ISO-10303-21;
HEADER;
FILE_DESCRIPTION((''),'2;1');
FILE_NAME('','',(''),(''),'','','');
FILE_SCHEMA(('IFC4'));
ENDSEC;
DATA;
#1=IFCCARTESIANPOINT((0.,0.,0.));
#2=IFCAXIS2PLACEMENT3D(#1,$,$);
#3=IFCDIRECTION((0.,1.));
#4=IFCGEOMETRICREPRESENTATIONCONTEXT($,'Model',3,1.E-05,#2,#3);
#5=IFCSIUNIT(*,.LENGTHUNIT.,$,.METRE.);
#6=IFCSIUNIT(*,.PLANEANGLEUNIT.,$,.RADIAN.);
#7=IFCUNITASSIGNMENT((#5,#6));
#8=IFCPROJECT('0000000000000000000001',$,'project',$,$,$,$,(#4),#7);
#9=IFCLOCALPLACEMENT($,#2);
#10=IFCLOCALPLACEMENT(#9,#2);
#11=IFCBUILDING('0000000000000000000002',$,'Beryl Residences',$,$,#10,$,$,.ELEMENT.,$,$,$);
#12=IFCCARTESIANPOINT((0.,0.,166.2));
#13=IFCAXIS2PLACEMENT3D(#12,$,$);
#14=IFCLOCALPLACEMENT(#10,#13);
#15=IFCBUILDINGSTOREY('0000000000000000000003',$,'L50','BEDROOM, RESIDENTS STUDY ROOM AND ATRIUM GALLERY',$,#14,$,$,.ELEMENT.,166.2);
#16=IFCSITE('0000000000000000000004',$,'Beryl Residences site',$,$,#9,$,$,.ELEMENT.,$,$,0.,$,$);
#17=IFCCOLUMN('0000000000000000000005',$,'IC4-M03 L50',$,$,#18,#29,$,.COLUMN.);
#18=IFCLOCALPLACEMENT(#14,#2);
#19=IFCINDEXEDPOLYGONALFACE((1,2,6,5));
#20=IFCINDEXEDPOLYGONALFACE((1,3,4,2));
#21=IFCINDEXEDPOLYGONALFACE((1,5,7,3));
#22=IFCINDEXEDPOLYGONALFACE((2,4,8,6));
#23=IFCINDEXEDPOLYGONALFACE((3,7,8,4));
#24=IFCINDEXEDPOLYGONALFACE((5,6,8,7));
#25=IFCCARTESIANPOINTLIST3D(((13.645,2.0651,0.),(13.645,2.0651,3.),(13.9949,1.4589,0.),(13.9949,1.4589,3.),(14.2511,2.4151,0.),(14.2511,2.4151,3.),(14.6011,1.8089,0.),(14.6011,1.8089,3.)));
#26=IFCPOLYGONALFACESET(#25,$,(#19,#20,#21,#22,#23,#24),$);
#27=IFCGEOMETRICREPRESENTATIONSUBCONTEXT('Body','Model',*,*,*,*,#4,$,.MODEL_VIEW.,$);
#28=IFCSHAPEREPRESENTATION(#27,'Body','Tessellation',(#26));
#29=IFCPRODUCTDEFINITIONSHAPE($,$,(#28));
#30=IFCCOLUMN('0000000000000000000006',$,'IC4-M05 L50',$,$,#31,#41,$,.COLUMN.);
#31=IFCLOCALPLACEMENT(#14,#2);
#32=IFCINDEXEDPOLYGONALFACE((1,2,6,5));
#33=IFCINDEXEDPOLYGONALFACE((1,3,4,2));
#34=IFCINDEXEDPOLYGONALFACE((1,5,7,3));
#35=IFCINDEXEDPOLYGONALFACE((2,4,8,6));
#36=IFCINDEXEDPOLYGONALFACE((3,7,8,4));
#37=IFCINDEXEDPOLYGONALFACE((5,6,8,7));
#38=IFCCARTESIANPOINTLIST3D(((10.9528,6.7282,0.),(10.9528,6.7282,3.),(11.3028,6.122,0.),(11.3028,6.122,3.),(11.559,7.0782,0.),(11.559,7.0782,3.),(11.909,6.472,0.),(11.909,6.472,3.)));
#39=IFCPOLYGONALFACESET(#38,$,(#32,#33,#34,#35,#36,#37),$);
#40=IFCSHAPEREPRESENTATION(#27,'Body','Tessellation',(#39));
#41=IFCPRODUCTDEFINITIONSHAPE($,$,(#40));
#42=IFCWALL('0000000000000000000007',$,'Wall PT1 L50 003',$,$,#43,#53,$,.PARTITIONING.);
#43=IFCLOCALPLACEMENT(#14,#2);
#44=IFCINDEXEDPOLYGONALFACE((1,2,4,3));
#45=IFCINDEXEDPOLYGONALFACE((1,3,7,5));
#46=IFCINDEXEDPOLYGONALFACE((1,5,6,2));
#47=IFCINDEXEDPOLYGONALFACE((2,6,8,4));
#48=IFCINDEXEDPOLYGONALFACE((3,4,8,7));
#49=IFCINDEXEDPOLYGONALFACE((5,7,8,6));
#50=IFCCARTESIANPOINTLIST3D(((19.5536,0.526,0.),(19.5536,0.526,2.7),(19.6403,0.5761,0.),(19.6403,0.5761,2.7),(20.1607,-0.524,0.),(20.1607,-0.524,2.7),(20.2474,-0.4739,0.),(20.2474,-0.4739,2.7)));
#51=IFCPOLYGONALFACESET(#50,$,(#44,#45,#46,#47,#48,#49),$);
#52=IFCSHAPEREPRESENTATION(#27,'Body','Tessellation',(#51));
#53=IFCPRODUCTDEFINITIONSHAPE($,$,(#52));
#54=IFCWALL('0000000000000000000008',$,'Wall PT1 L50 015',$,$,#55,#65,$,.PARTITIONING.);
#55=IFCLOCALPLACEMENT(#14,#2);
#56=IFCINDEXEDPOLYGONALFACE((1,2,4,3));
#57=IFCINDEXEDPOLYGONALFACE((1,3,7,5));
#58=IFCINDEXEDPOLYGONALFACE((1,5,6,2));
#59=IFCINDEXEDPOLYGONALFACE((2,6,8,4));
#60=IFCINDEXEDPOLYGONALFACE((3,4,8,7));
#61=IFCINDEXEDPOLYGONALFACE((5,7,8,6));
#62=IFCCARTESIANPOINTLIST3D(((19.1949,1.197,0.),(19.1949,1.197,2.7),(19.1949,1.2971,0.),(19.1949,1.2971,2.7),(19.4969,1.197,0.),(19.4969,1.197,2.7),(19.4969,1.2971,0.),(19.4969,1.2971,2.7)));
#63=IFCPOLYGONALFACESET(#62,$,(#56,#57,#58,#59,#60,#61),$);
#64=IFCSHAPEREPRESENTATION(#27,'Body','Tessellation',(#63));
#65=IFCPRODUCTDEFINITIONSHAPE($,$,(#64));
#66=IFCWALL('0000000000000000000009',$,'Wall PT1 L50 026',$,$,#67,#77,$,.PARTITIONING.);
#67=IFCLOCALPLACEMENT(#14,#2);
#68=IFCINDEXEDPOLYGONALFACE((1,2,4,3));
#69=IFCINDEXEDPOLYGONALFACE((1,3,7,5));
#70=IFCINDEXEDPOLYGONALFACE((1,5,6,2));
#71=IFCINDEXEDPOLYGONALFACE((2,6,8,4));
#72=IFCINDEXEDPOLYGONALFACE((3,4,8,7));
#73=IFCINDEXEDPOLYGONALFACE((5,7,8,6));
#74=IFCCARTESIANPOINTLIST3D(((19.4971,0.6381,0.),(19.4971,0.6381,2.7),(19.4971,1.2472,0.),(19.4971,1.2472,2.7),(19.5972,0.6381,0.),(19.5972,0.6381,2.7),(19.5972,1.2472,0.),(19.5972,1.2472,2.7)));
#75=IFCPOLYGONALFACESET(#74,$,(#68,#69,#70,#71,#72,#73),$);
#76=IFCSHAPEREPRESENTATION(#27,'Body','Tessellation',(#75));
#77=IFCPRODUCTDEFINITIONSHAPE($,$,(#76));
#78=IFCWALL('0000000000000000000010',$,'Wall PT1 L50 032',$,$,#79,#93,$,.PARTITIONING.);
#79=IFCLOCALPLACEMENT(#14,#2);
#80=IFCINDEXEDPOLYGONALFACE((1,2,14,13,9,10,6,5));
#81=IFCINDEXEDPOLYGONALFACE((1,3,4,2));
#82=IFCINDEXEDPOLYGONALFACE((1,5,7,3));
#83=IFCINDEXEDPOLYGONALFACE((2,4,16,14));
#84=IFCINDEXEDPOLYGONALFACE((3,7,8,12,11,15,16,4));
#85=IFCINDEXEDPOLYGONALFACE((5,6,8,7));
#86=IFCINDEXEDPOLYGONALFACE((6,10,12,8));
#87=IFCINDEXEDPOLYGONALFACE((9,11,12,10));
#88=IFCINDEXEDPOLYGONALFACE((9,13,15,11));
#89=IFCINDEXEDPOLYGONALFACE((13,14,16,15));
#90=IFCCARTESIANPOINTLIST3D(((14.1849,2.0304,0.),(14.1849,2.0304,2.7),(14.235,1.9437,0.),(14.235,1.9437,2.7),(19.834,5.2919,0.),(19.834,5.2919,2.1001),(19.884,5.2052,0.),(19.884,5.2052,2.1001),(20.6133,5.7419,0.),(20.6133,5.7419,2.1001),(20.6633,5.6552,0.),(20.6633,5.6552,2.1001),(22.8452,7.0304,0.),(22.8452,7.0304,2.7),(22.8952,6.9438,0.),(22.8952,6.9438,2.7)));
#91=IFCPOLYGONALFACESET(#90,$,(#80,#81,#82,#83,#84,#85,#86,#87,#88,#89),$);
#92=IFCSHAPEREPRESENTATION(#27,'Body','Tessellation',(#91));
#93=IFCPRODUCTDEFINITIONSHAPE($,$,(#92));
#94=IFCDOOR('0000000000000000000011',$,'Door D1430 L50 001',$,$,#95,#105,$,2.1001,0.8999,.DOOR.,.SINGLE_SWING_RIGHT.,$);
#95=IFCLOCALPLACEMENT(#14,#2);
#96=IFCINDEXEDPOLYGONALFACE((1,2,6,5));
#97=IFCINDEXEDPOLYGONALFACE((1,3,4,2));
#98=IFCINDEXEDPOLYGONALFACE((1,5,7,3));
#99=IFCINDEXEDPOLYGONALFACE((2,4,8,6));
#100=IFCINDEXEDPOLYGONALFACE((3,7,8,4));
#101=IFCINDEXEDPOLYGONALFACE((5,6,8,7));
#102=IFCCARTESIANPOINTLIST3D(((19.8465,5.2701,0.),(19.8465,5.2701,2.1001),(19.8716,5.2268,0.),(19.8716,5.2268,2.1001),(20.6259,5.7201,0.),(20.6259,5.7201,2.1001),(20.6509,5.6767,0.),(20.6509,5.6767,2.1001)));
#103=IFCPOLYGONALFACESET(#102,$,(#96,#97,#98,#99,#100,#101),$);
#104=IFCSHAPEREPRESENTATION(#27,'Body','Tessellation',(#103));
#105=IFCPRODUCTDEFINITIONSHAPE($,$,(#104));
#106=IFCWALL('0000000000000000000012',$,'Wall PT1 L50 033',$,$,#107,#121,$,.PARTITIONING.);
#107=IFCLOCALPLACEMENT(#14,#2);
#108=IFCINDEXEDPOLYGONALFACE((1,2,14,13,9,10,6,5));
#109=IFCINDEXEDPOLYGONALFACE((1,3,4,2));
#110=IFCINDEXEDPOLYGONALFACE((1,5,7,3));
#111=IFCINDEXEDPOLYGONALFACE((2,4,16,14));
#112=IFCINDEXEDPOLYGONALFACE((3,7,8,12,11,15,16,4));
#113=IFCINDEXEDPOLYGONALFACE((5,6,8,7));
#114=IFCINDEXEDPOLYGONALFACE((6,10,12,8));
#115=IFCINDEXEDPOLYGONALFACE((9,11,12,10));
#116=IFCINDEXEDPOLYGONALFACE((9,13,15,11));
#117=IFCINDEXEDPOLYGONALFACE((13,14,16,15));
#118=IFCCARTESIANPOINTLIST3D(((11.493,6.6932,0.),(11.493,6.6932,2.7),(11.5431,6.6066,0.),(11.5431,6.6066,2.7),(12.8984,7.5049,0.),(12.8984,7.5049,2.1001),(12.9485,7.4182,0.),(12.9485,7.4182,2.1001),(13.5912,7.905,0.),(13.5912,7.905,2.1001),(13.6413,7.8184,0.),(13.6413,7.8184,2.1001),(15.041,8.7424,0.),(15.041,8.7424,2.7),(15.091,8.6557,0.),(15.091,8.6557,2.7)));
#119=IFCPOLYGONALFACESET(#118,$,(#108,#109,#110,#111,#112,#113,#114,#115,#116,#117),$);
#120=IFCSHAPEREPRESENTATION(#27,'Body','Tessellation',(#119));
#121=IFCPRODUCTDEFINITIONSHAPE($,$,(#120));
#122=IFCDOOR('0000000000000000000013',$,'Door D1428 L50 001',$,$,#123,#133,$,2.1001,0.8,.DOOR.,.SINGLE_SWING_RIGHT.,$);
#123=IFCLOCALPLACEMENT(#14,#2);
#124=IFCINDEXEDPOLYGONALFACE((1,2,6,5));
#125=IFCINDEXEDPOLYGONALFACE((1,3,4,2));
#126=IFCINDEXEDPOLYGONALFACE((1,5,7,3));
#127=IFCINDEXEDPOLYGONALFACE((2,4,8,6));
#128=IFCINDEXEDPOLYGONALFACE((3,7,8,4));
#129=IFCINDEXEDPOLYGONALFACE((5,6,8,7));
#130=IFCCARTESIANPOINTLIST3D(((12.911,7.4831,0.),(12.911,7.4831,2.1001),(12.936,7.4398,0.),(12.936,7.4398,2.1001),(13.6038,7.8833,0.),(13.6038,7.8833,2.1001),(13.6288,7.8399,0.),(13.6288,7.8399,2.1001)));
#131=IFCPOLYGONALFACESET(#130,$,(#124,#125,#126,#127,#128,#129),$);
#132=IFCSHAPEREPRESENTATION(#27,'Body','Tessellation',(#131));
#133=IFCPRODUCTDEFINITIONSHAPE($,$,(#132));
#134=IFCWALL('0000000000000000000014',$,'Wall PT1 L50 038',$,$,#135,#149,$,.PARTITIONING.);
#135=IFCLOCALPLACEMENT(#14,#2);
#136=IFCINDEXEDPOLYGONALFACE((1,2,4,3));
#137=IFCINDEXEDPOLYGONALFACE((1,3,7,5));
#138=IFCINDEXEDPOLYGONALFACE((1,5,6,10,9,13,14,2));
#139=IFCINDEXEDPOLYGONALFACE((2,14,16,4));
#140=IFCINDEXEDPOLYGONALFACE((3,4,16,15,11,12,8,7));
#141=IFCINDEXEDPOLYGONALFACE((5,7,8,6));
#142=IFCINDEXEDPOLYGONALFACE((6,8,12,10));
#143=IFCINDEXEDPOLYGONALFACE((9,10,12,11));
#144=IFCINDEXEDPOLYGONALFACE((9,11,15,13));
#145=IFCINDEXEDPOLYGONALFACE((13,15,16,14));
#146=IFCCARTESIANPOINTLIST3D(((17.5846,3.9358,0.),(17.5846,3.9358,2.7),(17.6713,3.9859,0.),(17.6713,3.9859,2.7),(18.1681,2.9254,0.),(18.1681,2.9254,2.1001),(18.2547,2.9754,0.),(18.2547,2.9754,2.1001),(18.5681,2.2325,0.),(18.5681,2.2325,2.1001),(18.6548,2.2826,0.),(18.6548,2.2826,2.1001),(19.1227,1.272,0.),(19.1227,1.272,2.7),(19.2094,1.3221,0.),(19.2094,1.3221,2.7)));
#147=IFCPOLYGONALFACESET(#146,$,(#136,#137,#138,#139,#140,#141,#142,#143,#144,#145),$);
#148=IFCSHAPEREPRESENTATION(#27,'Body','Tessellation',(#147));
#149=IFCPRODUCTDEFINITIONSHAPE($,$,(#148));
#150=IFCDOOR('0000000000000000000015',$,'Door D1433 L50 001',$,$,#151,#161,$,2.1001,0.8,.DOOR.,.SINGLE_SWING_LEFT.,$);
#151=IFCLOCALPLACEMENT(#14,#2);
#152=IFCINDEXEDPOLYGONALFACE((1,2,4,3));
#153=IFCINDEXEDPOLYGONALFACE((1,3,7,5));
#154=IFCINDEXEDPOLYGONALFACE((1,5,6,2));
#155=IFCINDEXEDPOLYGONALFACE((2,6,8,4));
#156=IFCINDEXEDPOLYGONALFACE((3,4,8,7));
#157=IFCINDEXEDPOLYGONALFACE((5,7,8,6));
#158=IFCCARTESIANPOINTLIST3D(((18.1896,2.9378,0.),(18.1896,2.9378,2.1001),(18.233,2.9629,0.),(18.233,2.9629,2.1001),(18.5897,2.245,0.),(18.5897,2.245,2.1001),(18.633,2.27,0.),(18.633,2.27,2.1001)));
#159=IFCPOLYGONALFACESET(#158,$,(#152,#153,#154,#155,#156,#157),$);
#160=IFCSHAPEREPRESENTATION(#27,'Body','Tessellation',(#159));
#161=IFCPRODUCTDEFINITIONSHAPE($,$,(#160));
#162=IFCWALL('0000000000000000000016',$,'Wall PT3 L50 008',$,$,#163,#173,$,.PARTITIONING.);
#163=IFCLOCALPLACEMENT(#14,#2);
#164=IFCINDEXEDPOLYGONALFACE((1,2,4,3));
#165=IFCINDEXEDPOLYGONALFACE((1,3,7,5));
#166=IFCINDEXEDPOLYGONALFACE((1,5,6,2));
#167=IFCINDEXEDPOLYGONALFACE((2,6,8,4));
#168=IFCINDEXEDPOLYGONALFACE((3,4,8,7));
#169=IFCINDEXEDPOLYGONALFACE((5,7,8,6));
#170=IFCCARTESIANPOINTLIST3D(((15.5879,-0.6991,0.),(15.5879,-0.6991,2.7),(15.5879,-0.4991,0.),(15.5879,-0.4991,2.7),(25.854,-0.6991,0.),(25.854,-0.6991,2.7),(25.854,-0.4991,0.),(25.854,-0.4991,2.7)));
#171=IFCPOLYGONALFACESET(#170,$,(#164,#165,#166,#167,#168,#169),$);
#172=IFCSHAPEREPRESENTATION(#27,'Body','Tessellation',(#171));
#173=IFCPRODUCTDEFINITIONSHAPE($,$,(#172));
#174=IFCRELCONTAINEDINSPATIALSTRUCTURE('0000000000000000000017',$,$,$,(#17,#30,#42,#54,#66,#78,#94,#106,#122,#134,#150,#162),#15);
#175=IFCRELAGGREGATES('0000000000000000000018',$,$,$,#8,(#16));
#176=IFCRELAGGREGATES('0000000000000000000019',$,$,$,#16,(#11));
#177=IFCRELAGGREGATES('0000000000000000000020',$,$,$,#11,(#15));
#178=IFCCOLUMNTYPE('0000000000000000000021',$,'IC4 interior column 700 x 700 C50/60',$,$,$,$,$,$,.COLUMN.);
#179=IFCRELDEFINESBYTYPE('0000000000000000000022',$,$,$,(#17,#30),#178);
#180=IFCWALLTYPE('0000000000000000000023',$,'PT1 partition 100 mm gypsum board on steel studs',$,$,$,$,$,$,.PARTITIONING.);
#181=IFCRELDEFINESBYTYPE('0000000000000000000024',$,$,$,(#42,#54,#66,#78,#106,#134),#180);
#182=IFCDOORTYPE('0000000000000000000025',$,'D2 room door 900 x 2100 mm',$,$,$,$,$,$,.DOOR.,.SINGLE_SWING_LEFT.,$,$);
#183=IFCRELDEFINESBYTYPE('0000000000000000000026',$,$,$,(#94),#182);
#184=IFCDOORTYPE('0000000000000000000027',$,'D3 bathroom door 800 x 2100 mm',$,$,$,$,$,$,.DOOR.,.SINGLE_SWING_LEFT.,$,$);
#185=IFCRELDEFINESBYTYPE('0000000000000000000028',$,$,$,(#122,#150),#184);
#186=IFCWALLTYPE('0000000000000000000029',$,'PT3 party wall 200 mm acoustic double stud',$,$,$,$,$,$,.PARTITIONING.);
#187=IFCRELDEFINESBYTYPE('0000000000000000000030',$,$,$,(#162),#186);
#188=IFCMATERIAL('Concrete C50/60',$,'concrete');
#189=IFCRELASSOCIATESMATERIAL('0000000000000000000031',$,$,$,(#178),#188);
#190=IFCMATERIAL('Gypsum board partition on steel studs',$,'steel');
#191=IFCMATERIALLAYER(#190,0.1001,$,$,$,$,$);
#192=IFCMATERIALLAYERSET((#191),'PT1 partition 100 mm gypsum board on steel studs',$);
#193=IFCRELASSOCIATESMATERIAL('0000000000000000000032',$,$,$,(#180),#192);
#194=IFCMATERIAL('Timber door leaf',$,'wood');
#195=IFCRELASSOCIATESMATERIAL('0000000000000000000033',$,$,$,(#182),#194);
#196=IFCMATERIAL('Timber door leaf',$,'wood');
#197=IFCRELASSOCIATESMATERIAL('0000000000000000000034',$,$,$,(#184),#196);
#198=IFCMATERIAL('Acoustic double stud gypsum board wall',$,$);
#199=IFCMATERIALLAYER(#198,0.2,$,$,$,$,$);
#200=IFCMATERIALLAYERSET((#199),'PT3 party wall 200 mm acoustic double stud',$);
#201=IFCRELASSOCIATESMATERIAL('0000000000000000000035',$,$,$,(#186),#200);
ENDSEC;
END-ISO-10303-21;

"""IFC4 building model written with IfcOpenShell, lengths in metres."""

from ifc_helpers import new_model, si_unit, direction, frame, frame_2d, origin, origin_2d, place, context, subcontext, project, spatial, rectangle, extrude, material, layer, layer_set, material_profile, profile_set, type_object, element, fill, save


model = new_model("IFC4")

# Units and contexts
model_context = context("Model", 3, precision=1e-05, world=origin(), true_north=direction((0.0, 1.0)))
body_context = subcontext(model_context, "Body", "Model", "MODEL_VIEW")
ifc_project = project(units=[si_unit("LENGTHUNIT", "METRE"), si_unit("PLANEANGLEUNIT", "RADIAN")], contexts=[model_context])

# Site, building, storey
site_placement = place(None, origin())
site = spatial("IfcSite", under=ifc_project, at=site_placement, Name="Beryl Residences site", CompositionType="ELEMENT", RefElevation=0.0)
building_placement = place(site_placement, origin())
building = spatial("IfcBuilding", under=site, at=building_placement, Name="Beryl Residences", CompositionType="ELEMENT")
storey_placement = place(building_placement, frame((0.0, 0.0, 166.2)))
storey = spatial("IfcBuildingStorey", under=building, at=storey_placement, Name="L50", Description="BEDROOM, RESIDENTS STUDY ROOM AND ATRIUM GALLERY", CompositionType="ELEMENT", Elevation=166.2)

# Columns
ifc_material_1 = material(Name="Concrete C50/60", Category="concrete")
ifc_material_profile = material_profile(ifc_material_1, rectangle(XDim=0.7, YDim=0.7, at=origin_2d()))
ifc_profile_set = profile_set([ifc_material_profile], Name="Concrete C50/60")
column_type = type_object("IfcColumnType", Name="IC4 interior column 700 x 700 C50/60", PredefinedType="COLUMN", material=ifc_profile_set)
for number, where, z_axis, x_axis, name in (
    (1, (14.123, 1.937, 0.0), (0.0, 0.0, 1.0), (-0.5, 0.866025, 0.0), "IC4-M03 L50"),
    (2, (11.4309, 6.6001, 0.0), (0.0, 0.0, 1.0), (-0.5, 0.866025, 0.0), "IC4-M05 L50"),
):
    element("IfcColumn", number, at=place(storey_placement, frame(where, z_axis=z_axis, x_axis=x_axis)), inside=storey, type_object=column_type, Name=name, PredefinedType="COLUMN", context=body_context, shape_type="SweptSolid", body=[
        extrude(rectangle(XDim=0.7, YDim=0.7, at=origin_2d()), origin(), (0.0, 0.0, 1.0), 3.0),
    ])

# Walls
ifc_material_2 = material(Name="Gypsum board partition on steel studs", Category="steel")
ifc_layer_1 = layer(ifc_material_2, 0.1001)
ifc_layer_set_1 = layer_set([ifc_layer_1], Name="PT1 partition 100 mm gypsum board on steel studs")
wall_type_1 = type_object("IfcWallType", Name="PT1 partition 100 mm gypsum board on steel studs", PredefinedType="PARTITIONING", material=ifc_layer_set_1)
wall_1_placement = place(storey_placement, frame((19.5969, 0.551, 0.0), z_axis=(0.0, 0.0, 1.0), x_axis=(0.500576, -0.865693, 0.0)))
element("IfcWall", 3, at=wall_1_placement, inside=storey, type_object=wall_type_1, Name="Wall PT1 L50 003", PredefinedType="PARTITIONING", context=body_context, shape_type="SweptSolid", body=[
    extrude(rectangle(XDim=1.2129, YDim=0.1001, at=frame_2d((0.6064, 0.0))), origin(), (0.0, 0.0, 1.0), 2.7),
])
wall_2_placement = place(storey_placement, frame((19.1951, 1.2471, 0.0), z_axis=(0.0, 0.0, 1.0), x_axis=(1.0, 0.0, 0.0)))
element("IfcWall", 4, at=wall_2_placement, inside=storey, type_object=wall_type_1, Name="Wall PT1 L50 015", PredefinedType="PARTITIONING", context=body_context, shape_type="SweptSolid", body=[
    extrude(rectangle(XDim=0.302, YDim=0.1001, at=frame_2d((0.1509, 0.0))), origin(), (0.0, 0.0, 1.0), 2.7),
])
wall_3_placement = place(storey_placement, frame((19.5471, 0.6379, 0.0), z_axis=(0.0, 0.0, 1.0), x_axis=(0.0, 1.0, 0.0)))
element("IfcWall", 5, at=wall_3_placement, inside=storey, type_object=wall_type_1, Name="Wall PT1 L50 026", PredefinedType="PARTITIONING", context=body_context, shape_type="SweptSolid", body=[
    extrude(rectangle(XDim=0.6091, YDim=0.1001, at=frame_2d((0.3047, 0.0))), origin(), (0.0, 0.0, 1.0), 2.7),
])

# Walls, openings, doors
wall_4_placement = place(storey_placement, frame((14.21, 1.9871, 0.0), z_axis=(0.0, 0.0, 1.0), x_axis=(0.866023, 0.500004, 0.0)))
wall_4 = element("IfcWall", 6, at=wall_4_placement, inside=storey, type_object=wall_type_1, Name="Wall PT1 L50 032", PredefinedType="PARTITIONING", context=body_context, shape_type="SweptSolid", body=[
    extrude(rectangle(XDim=10.0, YDim=0.1001, at=frame_2d((5.0, 0.0))), origin(), (0.0, 0.0, 1.0), 2.7),
])
opening_1_placement = place(wall_4_placement, frame((6.5229, 0.0, 0.0)))
opening_1 = element("IfcOpeningElement", 7, at=opening_1_placement, cuts=wall_4, PredefinedType="OPENING", context=body_context, shape_type="SweptSolid", body=[
    extrude(rectangle(XDim=0.8999, YDim=2.1001, at=frame_2d((0.45, 1.05))), frame((0.0, 0.0601, 0.0), z_axis=(0.0, -1.0, 0.0), x_axis=(1.0, 0.0, 0.0)), (0.0, 0.0, 1.0), 0.1201),
])
ifc_material_3 = material(Name="Timber door leaf", Category="wood")
door_type_1 = type_object("IfcDoorType", Name="D2 room door 900 x 2100 mm", OperationType="SINGLE_SWING_LEFT", PredefinedType="DOOR", material=ifc_material_3)
door_1_placement = place(opening_1_placement, origin())
door_1 = element("IfcDoor", 8, at=door_1_placement, inside=storey, type_object=door_type_1, Name="Door D1430 L50 001", OperationType="SINGLE_SWING_RIGHT", OverallHeight=2.1001, OverallWidth=0.8999, PredefinedType="DOOR", context=body_context, shape_type="SweptSolid", body=[
    extrude(rectangle(XDim=0.8999, YDim=2.1001, at=frame_2d((0.45, 1.05))), frame((0.0, 0.0249, 0.0), z_axis=(0.0, -1.0, 0.0), x_axis=(1.0, 0.0, 0.0)), (0.0, 0.0, 1.0), 0.05),
])
fill(opening_1, door_1)
wall_5_placement = place(storey_placement, frame((11.5181, 6.6499, 0.0), z_axis=(0.0, 0.0, 1.0), x_axis=(0.865949, 0.500132, 0.0)))
wall_5 = element("IfcWall", 9, at=wall_5_placement, inside=storey, type_object=wall_type_1, Name="Wall PT1 L50 033", PredefinedType="PARTITIONING", context=body_context, shape_type="SweptSolid", body=[
    extrude(rectangle(XDim=4.0972, YDim=0.1001, at=frame_2d((2.0486, 0.0))), origin(), (0.0, 0.0, 1.0), 2.7),
])
opening_2_placement = place(wall_5_placement, frame((1.623, 0.0, 0.0)))
opening_2 = element("IfcOpeningElement", 10, at=opening_2_placement, cuts=wall_5, PredefinedType="OPENING", context=body_context, shape_type="SweptSolid", body=[
    extrude(rectangle(XDim=0.8, YDim=2.1001, at=frame_2d((0.3999, 1.05))), frame((0.0, 0.0601, 0.0), z_axis=(0.0, -1.0, 0.0), x_axis=(1.0, 0.0, 0.0)), (0.0, 0.0, 1.0), 0.1201),
])
ifc_material_4 = material(Name="Timber door leaf", Category="wood")
door_type_2 = type_object("IfcDoorType", Name="D3 bathroom door 800 x 2100 mm", OperationType="SINGLE_SWING_LEFT", PredefinedType="DOOR", material=ifc_material_4)
door_2_placement = place(opening_2_placement, origin())
door_2 = element("IfcDoor", 11, at=door_2_placement, inside=storey, type_object=door_type_2, Name="Door D1428 L50 001", OperationType="SINGLE_SWING_RIGHT", OverallHeight=2.1001, OverallWidth=0.8, PredefinedType="DOOR", context=body_context, shape_type="SweptSolid", body=[
    extrude(rectangle(XDim=0.8, YDim=2.1001, at=frame_2d((0.3999, 1.05))), frame((0.0, 0.0249, 0.0), z_axis=(0.0, -1.0, 0.0), x_axis=(1.0, 0.0, 0.0)), (0.0, 0.0, 1.0), 0.05),
])
fill(opening_2, door_2)
wall_6_placement = place(storey_placement, frame((17.6279, 3.9609, 0.0), z_axis=(0.0, 0.0, 1.0), x_axis=(0.500032, -0.866007, 0.0)))
wall_6 = element("IfcWall", 12, at=wall_6_placement, inside=storey, type_object=wall_type_1, Name="Wall PT1 L50 038", PredefinedType="PARTITIONING", context=body_context, shape_type="SweptSolid", body=[
    extrude(rectangle(XDim=3.0759, YDim=0.1001, at=frame_2d((1.5381, 0.0))), origin(), (0.0, 0.0, 1.0), 2.7),
])
opening_3_placement = place(wall_6_placement, frame((1.167, 0.0, 0.0)))
opening_3 = element("IfcOpeningElement", 13, at=opening_3_placement, cuts=wall_6, PredefinedType="OPENING", context=body_context, shape_type="SweptSolid", body=[
    extrude(rectangle(XDim=0.8, YDim=2.1001, at=frame_2d((0.3999, 1.05))), frame((0.0, 0.0601, 0.0), z_axis=(0.0, -1.0, 0.0), x_axis=(1.0, 0.0, 0.0)), (0.0, 0.0, 1.0), 0.1201),
])
door_3_placement = place(opening_3_placement, origin())
door_3 = element("IfcDoor", 14, at=door_3_placement, inside=storey, type_object=door_type_2, Name="Door D1433 L50 001", OperationType="SINGLE_SWING_LEFT", OverallHeight=2.1001, OverallWidth=0.8, PredefinedType="DOOR", context=body_context, shape_type="SweptSolid", body=[
    extrude(rectangle(XDim=0.8, YDim=2.1001, at=frame_2d((0.3999, 1.05))), frame((0.0, 0.0249, 0.0), z_axis=(0.0, -1.0, 0.0), x_axis=(1.0, 0.0, 0.0)), (0.0, 0.0, 1.0), 0.05),
])
fill(opening_3, door_3)

# Wall
ifc_material_5 = material(Name="Acoustic double stud gypsum board wall")
ifc_layer_2 = layer(ifc_material_5, 0.2)
ifc_layer_set_2 = layer_set([ifc_layer_2], Name="PT3 party wall 200 mm acoustic double stud")
wall_type_2 = type_object("IfcWallType", Name="PT3 party wall 200 mm acoustic double stud", PredefinedType="PARTITIONING", material=ifc_layer_set_2)
wall_7_placement = place(storey_placement, frame((15.5879, -0.5991, 0.0), z_axis=(0.0, 0.0, 1.0), x_axis=(1.0, 0.0, 0.0)))
element("IfcWall", 15, at=wall_7_placement, inside=storey, type_object=wall_type_2, Name="Wall PT3 L50 008", PredefinedType="PARTITIONING", context=body_context, shape_type="SweptSolid", body=[
    extrude(rectangle(XDim=10.2661, YDim=0.2, at=frame_2d((5.1331, 0.0))), origin(), (0.0, 0.0, 1.0), 2.7),
])

save(model, "model.ifc")
